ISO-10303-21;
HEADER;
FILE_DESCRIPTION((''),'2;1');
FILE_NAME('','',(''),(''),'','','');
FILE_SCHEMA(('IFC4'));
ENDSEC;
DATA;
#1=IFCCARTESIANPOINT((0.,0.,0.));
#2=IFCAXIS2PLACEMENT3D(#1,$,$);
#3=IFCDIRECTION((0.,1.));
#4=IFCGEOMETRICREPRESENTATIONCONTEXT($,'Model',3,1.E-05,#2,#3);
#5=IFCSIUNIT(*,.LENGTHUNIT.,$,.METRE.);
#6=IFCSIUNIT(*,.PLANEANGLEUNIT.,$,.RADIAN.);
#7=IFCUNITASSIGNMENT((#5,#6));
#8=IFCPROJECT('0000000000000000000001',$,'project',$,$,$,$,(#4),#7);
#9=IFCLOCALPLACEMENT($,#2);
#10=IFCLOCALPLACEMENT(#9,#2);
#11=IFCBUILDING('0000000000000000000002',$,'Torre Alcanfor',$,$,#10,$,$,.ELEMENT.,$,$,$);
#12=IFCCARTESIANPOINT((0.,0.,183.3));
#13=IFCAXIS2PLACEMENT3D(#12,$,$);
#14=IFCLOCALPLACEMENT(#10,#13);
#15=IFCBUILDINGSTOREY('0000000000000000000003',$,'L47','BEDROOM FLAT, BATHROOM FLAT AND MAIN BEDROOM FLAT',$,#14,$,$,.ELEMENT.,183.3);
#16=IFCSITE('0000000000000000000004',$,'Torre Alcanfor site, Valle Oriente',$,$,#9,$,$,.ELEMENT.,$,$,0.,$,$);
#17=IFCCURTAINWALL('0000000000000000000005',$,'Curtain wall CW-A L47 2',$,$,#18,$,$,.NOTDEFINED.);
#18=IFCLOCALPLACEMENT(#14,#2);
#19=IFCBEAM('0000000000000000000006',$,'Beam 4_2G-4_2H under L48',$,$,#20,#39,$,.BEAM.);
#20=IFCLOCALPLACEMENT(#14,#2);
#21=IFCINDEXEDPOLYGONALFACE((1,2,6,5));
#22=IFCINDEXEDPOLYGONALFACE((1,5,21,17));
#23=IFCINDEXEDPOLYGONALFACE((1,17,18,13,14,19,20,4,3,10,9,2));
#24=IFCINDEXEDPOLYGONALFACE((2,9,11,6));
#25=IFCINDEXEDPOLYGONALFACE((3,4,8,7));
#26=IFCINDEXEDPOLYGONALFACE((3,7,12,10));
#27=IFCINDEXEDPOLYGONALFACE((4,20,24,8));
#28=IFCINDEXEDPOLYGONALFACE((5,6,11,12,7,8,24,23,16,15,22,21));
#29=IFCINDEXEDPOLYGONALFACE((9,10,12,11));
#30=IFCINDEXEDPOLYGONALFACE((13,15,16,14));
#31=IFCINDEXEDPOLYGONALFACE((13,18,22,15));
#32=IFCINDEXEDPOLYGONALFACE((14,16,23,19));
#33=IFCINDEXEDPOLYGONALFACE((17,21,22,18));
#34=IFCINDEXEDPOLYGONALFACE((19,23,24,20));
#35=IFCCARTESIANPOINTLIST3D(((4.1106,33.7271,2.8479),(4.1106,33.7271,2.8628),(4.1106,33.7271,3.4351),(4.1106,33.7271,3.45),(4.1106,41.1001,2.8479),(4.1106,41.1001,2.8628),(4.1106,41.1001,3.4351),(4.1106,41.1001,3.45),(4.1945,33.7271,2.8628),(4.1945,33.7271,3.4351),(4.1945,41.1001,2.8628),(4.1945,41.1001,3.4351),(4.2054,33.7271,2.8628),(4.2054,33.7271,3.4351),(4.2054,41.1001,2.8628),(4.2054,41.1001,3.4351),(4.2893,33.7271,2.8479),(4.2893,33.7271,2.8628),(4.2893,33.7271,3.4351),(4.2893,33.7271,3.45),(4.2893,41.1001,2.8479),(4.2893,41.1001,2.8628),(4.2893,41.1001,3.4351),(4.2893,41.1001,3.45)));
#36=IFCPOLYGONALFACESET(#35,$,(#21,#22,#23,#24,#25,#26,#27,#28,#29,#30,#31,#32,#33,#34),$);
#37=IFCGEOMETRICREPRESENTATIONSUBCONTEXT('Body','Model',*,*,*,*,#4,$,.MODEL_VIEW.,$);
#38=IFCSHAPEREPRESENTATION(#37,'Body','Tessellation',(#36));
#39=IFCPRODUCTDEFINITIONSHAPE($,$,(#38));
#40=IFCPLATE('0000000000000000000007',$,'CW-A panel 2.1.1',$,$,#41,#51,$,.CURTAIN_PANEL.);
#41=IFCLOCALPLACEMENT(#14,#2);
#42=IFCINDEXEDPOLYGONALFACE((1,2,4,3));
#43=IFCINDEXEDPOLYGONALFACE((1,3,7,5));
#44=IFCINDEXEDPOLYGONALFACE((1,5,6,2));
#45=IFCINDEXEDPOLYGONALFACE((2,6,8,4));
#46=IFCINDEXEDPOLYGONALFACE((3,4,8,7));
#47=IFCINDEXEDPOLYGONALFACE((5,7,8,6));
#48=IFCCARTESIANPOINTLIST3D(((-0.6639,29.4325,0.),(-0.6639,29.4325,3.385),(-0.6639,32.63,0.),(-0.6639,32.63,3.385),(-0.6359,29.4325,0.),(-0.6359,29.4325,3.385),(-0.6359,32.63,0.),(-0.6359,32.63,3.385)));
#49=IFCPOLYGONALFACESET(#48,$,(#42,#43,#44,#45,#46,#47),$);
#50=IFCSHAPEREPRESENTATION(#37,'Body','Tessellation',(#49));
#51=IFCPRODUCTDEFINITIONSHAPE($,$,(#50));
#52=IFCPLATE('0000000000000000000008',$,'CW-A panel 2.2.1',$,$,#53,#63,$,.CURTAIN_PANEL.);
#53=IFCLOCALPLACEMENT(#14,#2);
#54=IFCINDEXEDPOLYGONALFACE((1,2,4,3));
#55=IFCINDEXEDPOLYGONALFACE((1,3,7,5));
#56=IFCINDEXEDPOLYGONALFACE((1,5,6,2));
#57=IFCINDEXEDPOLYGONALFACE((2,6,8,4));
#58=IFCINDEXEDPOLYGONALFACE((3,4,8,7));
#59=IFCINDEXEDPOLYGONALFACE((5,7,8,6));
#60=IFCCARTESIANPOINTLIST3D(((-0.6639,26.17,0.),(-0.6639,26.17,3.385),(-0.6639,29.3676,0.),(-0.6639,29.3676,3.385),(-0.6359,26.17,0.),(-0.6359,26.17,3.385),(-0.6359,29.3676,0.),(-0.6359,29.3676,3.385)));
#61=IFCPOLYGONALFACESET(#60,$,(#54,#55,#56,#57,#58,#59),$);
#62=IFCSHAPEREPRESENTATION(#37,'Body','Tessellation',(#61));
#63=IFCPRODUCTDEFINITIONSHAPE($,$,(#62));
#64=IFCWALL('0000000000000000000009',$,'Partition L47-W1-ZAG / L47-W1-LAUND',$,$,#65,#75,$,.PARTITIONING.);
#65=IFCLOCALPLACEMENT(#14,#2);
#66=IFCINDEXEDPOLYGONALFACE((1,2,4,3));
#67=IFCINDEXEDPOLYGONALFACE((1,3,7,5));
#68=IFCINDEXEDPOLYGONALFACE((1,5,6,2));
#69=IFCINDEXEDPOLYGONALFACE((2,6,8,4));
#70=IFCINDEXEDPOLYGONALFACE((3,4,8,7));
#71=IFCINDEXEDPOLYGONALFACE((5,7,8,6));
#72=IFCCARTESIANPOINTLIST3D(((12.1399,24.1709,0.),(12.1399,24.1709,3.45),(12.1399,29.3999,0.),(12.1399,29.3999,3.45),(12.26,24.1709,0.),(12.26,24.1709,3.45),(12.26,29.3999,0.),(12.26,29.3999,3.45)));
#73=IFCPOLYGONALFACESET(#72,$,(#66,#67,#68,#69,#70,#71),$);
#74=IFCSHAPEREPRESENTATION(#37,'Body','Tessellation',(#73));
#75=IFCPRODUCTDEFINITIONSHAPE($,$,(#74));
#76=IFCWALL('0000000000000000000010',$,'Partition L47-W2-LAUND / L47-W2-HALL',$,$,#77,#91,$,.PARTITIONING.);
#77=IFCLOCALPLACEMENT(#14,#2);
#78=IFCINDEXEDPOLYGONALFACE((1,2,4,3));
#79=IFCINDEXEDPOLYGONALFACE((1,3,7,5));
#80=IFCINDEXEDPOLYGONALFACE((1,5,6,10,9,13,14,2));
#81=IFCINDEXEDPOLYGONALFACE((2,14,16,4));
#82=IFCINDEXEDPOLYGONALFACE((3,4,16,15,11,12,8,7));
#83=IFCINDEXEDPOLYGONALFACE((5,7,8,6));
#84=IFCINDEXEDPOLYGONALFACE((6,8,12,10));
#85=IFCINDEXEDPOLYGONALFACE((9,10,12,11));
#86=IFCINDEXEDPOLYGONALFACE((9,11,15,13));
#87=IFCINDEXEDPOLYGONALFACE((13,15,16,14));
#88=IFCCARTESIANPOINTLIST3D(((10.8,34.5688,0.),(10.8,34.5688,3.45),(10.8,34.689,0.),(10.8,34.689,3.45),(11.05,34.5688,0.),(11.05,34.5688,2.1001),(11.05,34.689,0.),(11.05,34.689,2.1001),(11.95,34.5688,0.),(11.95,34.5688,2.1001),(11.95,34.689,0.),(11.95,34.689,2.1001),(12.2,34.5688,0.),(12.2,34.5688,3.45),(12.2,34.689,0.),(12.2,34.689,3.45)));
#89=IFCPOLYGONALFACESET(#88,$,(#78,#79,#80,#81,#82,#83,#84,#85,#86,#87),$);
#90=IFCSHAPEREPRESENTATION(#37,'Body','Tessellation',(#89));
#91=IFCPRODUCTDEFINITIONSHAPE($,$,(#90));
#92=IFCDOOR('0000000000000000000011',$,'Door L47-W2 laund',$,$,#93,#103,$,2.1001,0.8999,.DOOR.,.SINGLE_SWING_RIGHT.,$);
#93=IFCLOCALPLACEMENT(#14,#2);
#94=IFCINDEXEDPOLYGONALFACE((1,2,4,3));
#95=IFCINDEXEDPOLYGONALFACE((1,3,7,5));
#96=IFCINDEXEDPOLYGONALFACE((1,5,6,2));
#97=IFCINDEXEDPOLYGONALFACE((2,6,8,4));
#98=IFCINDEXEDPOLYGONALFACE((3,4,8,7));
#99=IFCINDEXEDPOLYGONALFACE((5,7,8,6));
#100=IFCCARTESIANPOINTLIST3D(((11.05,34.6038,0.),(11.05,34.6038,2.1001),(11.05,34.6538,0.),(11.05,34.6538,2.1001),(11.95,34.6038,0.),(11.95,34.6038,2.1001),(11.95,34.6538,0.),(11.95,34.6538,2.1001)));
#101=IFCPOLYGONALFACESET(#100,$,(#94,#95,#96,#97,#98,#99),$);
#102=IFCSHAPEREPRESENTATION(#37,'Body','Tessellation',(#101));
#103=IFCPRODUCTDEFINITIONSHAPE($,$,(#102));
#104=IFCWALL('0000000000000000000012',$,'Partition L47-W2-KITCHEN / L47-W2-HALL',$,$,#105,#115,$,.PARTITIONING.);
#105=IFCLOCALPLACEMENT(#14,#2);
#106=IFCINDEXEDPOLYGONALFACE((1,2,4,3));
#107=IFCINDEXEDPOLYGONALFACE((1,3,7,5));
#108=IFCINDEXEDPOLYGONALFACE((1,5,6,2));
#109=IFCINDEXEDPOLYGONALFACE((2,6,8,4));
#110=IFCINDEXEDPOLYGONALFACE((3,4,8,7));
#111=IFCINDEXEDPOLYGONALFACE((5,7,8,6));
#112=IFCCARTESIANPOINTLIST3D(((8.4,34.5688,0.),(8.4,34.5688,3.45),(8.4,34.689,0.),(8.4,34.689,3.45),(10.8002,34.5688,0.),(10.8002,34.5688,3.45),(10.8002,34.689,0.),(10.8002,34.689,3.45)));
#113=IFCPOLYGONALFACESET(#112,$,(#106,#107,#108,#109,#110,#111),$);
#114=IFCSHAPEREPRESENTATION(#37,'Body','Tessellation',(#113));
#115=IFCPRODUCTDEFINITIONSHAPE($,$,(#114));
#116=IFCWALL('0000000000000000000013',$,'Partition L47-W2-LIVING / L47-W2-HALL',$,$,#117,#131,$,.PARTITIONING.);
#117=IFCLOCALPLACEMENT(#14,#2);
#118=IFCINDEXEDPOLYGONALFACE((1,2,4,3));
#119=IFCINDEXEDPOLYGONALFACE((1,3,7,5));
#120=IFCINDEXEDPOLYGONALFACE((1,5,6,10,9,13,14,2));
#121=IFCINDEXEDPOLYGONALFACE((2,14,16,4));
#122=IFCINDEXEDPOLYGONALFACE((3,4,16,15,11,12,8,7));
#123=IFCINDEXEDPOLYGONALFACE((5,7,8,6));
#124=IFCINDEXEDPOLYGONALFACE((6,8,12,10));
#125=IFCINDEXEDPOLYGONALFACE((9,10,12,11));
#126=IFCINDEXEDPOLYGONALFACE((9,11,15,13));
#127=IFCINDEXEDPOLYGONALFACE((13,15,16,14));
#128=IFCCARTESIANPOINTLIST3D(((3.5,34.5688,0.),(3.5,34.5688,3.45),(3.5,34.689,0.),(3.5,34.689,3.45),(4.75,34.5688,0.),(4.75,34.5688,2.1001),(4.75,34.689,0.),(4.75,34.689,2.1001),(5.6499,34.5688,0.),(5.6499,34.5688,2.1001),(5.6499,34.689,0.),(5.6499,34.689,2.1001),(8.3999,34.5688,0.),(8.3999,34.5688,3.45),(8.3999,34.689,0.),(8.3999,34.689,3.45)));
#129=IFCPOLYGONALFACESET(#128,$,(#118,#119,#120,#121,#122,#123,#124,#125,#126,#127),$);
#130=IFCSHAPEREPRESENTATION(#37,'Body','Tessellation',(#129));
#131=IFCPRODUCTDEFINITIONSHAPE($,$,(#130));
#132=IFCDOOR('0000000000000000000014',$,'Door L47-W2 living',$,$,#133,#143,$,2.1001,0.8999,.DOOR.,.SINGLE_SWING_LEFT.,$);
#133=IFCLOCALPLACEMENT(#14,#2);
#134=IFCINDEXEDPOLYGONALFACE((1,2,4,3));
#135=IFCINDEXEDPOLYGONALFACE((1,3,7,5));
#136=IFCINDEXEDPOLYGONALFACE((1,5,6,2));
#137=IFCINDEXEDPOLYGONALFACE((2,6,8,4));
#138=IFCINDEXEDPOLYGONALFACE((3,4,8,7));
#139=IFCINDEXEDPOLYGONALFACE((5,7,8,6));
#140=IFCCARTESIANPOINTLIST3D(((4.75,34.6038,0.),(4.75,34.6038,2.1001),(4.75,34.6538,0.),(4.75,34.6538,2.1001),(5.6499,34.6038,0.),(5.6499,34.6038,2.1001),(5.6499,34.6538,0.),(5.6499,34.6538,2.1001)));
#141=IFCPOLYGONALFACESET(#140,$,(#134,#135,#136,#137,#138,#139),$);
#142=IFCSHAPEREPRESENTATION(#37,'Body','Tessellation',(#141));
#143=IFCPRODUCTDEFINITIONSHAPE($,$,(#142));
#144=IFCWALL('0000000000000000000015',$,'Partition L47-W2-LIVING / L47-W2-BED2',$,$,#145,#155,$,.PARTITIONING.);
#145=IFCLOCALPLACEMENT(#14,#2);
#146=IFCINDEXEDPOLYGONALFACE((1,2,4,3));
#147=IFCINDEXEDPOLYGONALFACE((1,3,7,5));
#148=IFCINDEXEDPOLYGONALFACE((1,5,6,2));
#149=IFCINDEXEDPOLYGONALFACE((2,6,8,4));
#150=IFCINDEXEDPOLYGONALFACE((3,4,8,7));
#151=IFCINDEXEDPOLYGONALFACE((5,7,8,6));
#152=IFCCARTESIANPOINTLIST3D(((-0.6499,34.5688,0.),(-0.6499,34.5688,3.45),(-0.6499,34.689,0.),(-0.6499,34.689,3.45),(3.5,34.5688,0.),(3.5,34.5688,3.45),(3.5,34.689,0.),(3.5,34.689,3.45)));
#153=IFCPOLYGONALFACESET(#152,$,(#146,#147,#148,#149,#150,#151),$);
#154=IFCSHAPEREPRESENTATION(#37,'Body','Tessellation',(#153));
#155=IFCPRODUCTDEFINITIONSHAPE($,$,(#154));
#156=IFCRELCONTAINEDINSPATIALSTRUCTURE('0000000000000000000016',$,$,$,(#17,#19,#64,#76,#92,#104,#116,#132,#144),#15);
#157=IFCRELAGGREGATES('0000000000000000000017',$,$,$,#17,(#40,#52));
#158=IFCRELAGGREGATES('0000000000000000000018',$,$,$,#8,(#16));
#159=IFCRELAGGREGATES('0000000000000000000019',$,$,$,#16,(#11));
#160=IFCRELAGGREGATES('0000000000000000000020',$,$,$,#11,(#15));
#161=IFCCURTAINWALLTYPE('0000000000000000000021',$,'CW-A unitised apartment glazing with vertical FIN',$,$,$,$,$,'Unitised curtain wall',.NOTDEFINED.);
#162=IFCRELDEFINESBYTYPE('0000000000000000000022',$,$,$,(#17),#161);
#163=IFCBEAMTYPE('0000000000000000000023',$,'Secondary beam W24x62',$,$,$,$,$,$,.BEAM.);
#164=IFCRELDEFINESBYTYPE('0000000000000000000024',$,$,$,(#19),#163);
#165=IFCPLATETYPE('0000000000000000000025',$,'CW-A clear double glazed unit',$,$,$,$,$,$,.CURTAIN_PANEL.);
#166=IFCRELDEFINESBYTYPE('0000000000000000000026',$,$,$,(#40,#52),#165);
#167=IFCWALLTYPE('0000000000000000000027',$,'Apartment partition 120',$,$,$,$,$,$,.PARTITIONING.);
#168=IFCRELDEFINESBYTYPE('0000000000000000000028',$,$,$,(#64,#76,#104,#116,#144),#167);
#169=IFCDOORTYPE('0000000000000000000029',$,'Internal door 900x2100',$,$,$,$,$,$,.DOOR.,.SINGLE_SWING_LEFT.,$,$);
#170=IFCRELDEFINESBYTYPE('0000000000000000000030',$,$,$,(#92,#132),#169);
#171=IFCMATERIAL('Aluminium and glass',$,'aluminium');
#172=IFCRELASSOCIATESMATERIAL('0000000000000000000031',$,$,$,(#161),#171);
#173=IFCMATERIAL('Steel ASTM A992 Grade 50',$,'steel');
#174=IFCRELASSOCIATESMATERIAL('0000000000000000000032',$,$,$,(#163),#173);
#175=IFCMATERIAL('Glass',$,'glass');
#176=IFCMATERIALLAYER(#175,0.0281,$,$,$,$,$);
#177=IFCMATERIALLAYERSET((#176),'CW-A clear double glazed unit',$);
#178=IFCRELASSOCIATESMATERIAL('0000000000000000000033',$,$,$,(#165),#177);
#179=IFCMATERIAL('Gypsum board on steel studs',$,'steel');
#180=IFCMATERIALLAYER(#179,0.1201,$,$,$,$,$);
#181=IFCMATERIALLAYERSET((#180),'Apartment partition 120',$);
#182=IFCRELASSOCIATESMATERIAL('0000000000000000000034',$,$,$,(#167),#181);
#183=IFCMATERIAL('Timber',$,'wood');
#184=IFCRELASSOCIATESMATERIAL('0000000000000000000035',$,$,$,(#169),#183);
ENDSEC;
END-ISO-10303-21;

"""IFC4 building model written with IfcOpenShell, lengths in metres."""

from ifc_helpers import new_model, si_unit, direction, frame, frame_2d, origin, origin_2d, place, context, subcontext, project, spatial, rectangle, i_section, extrude, material, layer, layer_set, material_profile, profile_set, type_object, element, fill, aggregate, save


model = new_model("IFC4")

# Units and contexts
model_context = context("Model", 3, precision=1e-05, world=origin(), true_north=direction((0.0, 1.0)))
body_context = subcontext(model_context, "Body", "Model", "MODEL_VIEW")
ifc_project = project(units=[si_unit("LENGTHUNIT", "METRE"), si_unit("PLANEANGLEUNIT", "RADIAN")], contexts=[model_context])

# Site, building, storey
site_placement = place(None, origin())
site = spatial("IfcSite", under=ifc_project, at=site_placement, Name="Torre Alcanfor site, Valle Oriente", CompositionType="ELEMENT", RefElevation=0.0)
building_placement = place(site_placement, origin())
building = spatial("IfcBuilding", under=site, at=building_placement, Name="Torre Alcanfor", CompositionType="ELEMENT")
storey_placement = place(building_placement, frame((0.0, 0.0, 183.3)))
storey = spatial("IfcBuildingStorey", under=building, at=storey_placement, Name="L47", Description="BEDROOM FLAT, BATHROOM FLAT AND MAIN BEDROOM FLAT", CompositionType="ELEMENT", Elevation=183.3)

# Curtain wall
ifc_material_1 = material(Name="Aluminium and glass", Category="aluminium")
curtain_wall_type = type_object("IfcCurtainWallType", Name="CW-A unitised apartment glazing with vertical FIN", ElementType="Unitised curtain wall", PredefinedType="NOTDEFINED", material=ifc_material_1)
curtain_wall_placement = place(storey_placement, origin())
curtain_wall = element("IfcCurtainWall", 1, at=curtain_wall_placement, inside=storey, type_object=curtain_wall_type, Name="Curtain wall CW-A L47 2", PredefinedType="NOTDEFINED")

# Beam
ifc_material_2 = material(Name="Steel ASTM A992 Grade 50", Category="steel")
ifc_material_profile_1 = material_profile(ifc_material_2, i_section(OverallWidth=0.1787, OverallDepth=0.6021, WebThickness=0.011, FlangeThickness=0.0149, at=origin_2d()), Name="W24x62")
ifc_profile_set_1 = profile_set([ifc_material_profile_1], Name="Steel ASTM A992 Grade 50")
beam_type_1 = type_object("IfcBeamType", Name="Secondary beam W24x62", PredefinedType="BEAM", material=ifc_profile_set_1)
beam_1_placement = place(storey_placement, frame((4.2, 33.7271, 3.1489), z_axis=(0.0, 1.0, 0.0), x_axis=(-1.0, 0.0, 0.0)))
element("IfcBeam", 2, at=beam_1_placement, inside=storey, type_object=beam_type_1, Name="Beam 4_2G-4_2H under L48", PredefinedType="BEAM", context=body_context, shape_type="SweptSolid", body=[
    extrude(i_section(OverallWidth=0.1787, OverallDepth=0.6021, WebThickness=0.011, FlangeThickness=0.0149, at=origin_2d()), origin(), (0.0, 0.0, 1.0), 7.373),
])

# Plates
ifc_material_3 = material(Name="Glass", Category="glass")
ifc_layer_1 = layer(ifc_material_3, 0.0281)
ifc_layer_set_1 = layer_set([ifc_layer_1], Name="CW-A clear double glazed unit")
plate_type = type_object("IfcPlateType", Name="CW-A clear double glazed unit", PredefinedType="CURTAIN_PANEL", material=ifc_layer_set_1)
plate_1_placement = place(storey_placement, frame((-0.6499, 31.0312, 0.0), z_axis=(0.0, 0.0, 1.0), x_axis=(0.0, -1.0, 0.0)))
plate_1 = element("IfcPlate", 3, at=plate_1_placement, type_object=plate_type, Name="CW-A panel 2.1.1", PredefinedType="CURTAIN_PANEL", context=body_context, shape_type="SweptSolid", body=[
    extrude(rectangle(XDim=3.1975, YDim=0.0281, at=origin_2d()), origin(), (0.0, 0.0, 1.0), 3.385),
])
plate_2_placement = place(storey_placement, frame((-0.6499, 27.7688, 0.0), z_axis=(0.0, 0.0, 1.0), x_axis=(0.0, -1.0, 0.0)))
plate_2 = element("IfcPlate", 4, at=plate_2_placement, type_object=plate_type, Name="CW-A panel 2.2.1", PredefinedType="CURTAIN_PANEL", context=body_context, shape_type="SweptSolid", body=[
    extrude(rectangle(XDim=3.1975, YDim=0.0281, at=origin_2d()), origin(), (0.0, 0.0, 1.0), 3.385),
])
aggregate(curtain_wall, [plate_1, plate_2])

# Wall
ifc_material_4 = material(Name="Gypsum board on steel studs", Category="steel")
ifc_layer_2 = layer(ifc_material_4, 0.1201)
ifc_layer_set_2 = layer_set([ifc_layer_2], Name="Apartment partition 120")
wall_type_1 = type_object("IfcWallType", Name="Apartment partition 120", PredefinedType="PARTITIONING", material=ifc_layer_set_2)
wall_1_placement = place(storey_placement, frame((12.2, 29.3999, 0.0), z_axis=(0.0, 0.0, 1.0), x_axis=(0.0, -1.0, 0.0)))
element("IfcWall", 5, at=wall_1_placement, inside=storey, type_object=wall_type_1, Name="Partition L47-W1-ZAG / L47-W1-LAUND", PredefinedType="PARTITIONING", context=body_context, shape_type="SweptSolid", body=[
    extrude(rectangle(XDim=5.229, YDim=0.1201, at=frame_2d((2.6145, 0.0))), origin(), (0.0, 0.0, 1.0), 3.45),
])

# Wall, opening, door
wall_2_placement = place(storey_placement, frame((10.8, 34.6289, 0.0), z_axis=(0.0, 0.0, 1.0), x_axis=(1.0, 0.0, 0.0)))
wall_2 = element("IfcWall", 6, at=wall_2_placement, inside=storey, type_object=wall_type_1, Name="Partition L47-W2-LAUND / L47-W2-HALL", PredefinedType="PARTITIONING", context=body_context, shape_type="SweptSolid", body=[
    extrude(rectangle(XDim=1.3999, YDim=0.1201, at=frame_2d((0.7, 0.0))), origin(), (0.0, 0.0, 1.0), 3.45),
])
opening_1_placement = place(wall_2_placement, frame((0.25, 0.0, 0.0)))
opening_1 = element("IfcOpeningElement", 7, at=opening_1_placement, cuts=wall_2, PredefinedType="OPENING", context=body_context, shape_type="SweptSolid", body=[
    extrude(rectangle(XDim=0.8999, YDim=2.1001, at=frame_2d((0.45, 1.05))), frame((0.0, 0.0701, 0.0), z_axis=(0.0, -1.0, 0.0), x_axis=(1.0, 0.0, 0.0)), (0.0, 0.0, 1.0), 0.1401),
])
ifc_material_5 = material(Name="Timber", Category="wood")
door_type = type_object("IfcDoorType", Name="Internal door 900x2100", OperationType="SINGLE_SWING_LEFT", PredefinedType="DOOR", material=ifc_material_5)
door_1_placement = place(opening_1_placement, frame((0.8999, 0.0, 0.0), z_axis=(0.0, 0.0, 1.0), x_axis=(-1.0, 0.0, 0.0)))
door_1 = element("IfcDoor", 8, at=door_1_placement, inside=storey, type_object=door_type, Name="Door L47-W2 laund", OperationType="SINGLE_SWING_RIGHT", OverallHeight=2.1001, OverallWidth=0.8999, PredefinedType="DOOR", context=body_context, shape_type="SweptSolid", body=[
    extrude(rectangle(XDim=0.8999, YDim=2.1001, at=frame_2d((0.45, 1.05))), frame((0.0, 0.0251, 0.0), z_axis=(0.0, -1.0, 0.0), x_axis=(1.0, 0.0, 0.0)), (0.0, 0.0, 1.0), 0.05),
])
fill(opening_1, door_1)

# Wall
wall_3_placement = place(storey_placement, frame((8.3999, 34.6289, 0.0), z_axis=(0.0, 0.0, 1.0), x_axis=(1.0, 0.0, 0.0)))
element("IfcWall", 9, at=wall_3_placement, inside=storey, type_object=wall_type_1, Name="Partition L47-W2-KITCHEN / L47-W2-HALL", PredefinedType="PARTITIONING", context=body_context, shape_type="SweptSolid", body=[
    extrude(rectangle(XDim=2.4001, YDim=0.1201, at=frame_2d((1.2002, 0.0))), origin(), (0.0, 0.0, 1.0), 3.45),
])

# Wall, opening, door
wall_4_placement = place(storey_placement, frame((3.5, 34.6289, 0.0), z_axis=(0.0, 0.0, 1.0), x_axis=(1.0, 0.0, 0.0)))
wall_4 = element("IfcWall", 10, at=wall_4_placement, inside=storey, type_object=wall_type_1, Name="Partition L47-W2-LIVING / L47-W2-HALL", PredefinedType="PARTITIONING", context=body_context, shape_type="SweptSolid", body=[
    extrude(rectangle(XDim=4.8999, YDim=0.1201, at=frame_2d((2.45, 0.0))), origin(), (0.0, 0.0, 1.0), 3.45),
])
opening_2_placement = place(wall_4_placement, frame((1.25, 0.0, 0.0)))
opening_2 = element("IfcOpeningElement", 11, at=opening_2_placement, cuts=wall_4, PredefinedType="OPENING", context=body_context, shape_type="SweptSolid", body=[
    extrude(rectangle(XDim=0.8999, YDim=2.1001, at=frame_2d((0.45, 1.05))), frame((0.0, 0.0701, 0.0), z_axis=(0.0, -1.0, 0.0), x_axis=(1.0, 0.0, 0.0)), (0.0, 0.0, 1.0), 0.1401),
])
door_2_placement = place(opening_2_placement, frame((0.8999, 0.0, 0.0), z_axis=(0.0, 0.0, 1.0), x_axis=(-1.0, 0.0, 0.0)))
door_2 = element("IfcDoor", 12, at=door_2_placement, inside=storey, type_object=door_type, Name="Door L47-W2 living", OperationType="SINGLE_SWING_LEFT", OverallHeight=2.1001, OverallWidth=0.8999, PredefinedType="DOOR", context=body_context, shape_type="SweptSolid", body=[
    extrude(rectangle(XDim=0.8999, YDim=2.1001, at=frame_2d((0.45, 1.05))), frame((0.0, 0.0251, 0.0), z_axis=(0.0, -1.0, 0.0), x_axis=(1.0, 0.0, 0.0)), (0.0, 0.0, 1.0), 0.05),
])
fill(opening_2, door_2)

# Wall
wall_5_placement = place(storey_placement, frame((-0.6499, 34.6289, 0.0), z_axis=(0.0, 0.0, 1.0), x_axis=(1.0, 0.0, 0.0)))
element("IfcWall", 13, at=wall_5_placement, inside=storey, type_object=wall_type_1, Name="Partition L47-W2-LIVING / L47-W2-BED2", PredefinedType="PARTITIONING", context=body_context, shape_type="SweptSolid", body=[
    extrude(rectangle(XDim=4.1499, YDim=0.1201, at=frame_2d((2.075, 0.0))), origin(), (0.0, 0.0, 1.0), 3.45),
])

save(model, "model.ifc")
